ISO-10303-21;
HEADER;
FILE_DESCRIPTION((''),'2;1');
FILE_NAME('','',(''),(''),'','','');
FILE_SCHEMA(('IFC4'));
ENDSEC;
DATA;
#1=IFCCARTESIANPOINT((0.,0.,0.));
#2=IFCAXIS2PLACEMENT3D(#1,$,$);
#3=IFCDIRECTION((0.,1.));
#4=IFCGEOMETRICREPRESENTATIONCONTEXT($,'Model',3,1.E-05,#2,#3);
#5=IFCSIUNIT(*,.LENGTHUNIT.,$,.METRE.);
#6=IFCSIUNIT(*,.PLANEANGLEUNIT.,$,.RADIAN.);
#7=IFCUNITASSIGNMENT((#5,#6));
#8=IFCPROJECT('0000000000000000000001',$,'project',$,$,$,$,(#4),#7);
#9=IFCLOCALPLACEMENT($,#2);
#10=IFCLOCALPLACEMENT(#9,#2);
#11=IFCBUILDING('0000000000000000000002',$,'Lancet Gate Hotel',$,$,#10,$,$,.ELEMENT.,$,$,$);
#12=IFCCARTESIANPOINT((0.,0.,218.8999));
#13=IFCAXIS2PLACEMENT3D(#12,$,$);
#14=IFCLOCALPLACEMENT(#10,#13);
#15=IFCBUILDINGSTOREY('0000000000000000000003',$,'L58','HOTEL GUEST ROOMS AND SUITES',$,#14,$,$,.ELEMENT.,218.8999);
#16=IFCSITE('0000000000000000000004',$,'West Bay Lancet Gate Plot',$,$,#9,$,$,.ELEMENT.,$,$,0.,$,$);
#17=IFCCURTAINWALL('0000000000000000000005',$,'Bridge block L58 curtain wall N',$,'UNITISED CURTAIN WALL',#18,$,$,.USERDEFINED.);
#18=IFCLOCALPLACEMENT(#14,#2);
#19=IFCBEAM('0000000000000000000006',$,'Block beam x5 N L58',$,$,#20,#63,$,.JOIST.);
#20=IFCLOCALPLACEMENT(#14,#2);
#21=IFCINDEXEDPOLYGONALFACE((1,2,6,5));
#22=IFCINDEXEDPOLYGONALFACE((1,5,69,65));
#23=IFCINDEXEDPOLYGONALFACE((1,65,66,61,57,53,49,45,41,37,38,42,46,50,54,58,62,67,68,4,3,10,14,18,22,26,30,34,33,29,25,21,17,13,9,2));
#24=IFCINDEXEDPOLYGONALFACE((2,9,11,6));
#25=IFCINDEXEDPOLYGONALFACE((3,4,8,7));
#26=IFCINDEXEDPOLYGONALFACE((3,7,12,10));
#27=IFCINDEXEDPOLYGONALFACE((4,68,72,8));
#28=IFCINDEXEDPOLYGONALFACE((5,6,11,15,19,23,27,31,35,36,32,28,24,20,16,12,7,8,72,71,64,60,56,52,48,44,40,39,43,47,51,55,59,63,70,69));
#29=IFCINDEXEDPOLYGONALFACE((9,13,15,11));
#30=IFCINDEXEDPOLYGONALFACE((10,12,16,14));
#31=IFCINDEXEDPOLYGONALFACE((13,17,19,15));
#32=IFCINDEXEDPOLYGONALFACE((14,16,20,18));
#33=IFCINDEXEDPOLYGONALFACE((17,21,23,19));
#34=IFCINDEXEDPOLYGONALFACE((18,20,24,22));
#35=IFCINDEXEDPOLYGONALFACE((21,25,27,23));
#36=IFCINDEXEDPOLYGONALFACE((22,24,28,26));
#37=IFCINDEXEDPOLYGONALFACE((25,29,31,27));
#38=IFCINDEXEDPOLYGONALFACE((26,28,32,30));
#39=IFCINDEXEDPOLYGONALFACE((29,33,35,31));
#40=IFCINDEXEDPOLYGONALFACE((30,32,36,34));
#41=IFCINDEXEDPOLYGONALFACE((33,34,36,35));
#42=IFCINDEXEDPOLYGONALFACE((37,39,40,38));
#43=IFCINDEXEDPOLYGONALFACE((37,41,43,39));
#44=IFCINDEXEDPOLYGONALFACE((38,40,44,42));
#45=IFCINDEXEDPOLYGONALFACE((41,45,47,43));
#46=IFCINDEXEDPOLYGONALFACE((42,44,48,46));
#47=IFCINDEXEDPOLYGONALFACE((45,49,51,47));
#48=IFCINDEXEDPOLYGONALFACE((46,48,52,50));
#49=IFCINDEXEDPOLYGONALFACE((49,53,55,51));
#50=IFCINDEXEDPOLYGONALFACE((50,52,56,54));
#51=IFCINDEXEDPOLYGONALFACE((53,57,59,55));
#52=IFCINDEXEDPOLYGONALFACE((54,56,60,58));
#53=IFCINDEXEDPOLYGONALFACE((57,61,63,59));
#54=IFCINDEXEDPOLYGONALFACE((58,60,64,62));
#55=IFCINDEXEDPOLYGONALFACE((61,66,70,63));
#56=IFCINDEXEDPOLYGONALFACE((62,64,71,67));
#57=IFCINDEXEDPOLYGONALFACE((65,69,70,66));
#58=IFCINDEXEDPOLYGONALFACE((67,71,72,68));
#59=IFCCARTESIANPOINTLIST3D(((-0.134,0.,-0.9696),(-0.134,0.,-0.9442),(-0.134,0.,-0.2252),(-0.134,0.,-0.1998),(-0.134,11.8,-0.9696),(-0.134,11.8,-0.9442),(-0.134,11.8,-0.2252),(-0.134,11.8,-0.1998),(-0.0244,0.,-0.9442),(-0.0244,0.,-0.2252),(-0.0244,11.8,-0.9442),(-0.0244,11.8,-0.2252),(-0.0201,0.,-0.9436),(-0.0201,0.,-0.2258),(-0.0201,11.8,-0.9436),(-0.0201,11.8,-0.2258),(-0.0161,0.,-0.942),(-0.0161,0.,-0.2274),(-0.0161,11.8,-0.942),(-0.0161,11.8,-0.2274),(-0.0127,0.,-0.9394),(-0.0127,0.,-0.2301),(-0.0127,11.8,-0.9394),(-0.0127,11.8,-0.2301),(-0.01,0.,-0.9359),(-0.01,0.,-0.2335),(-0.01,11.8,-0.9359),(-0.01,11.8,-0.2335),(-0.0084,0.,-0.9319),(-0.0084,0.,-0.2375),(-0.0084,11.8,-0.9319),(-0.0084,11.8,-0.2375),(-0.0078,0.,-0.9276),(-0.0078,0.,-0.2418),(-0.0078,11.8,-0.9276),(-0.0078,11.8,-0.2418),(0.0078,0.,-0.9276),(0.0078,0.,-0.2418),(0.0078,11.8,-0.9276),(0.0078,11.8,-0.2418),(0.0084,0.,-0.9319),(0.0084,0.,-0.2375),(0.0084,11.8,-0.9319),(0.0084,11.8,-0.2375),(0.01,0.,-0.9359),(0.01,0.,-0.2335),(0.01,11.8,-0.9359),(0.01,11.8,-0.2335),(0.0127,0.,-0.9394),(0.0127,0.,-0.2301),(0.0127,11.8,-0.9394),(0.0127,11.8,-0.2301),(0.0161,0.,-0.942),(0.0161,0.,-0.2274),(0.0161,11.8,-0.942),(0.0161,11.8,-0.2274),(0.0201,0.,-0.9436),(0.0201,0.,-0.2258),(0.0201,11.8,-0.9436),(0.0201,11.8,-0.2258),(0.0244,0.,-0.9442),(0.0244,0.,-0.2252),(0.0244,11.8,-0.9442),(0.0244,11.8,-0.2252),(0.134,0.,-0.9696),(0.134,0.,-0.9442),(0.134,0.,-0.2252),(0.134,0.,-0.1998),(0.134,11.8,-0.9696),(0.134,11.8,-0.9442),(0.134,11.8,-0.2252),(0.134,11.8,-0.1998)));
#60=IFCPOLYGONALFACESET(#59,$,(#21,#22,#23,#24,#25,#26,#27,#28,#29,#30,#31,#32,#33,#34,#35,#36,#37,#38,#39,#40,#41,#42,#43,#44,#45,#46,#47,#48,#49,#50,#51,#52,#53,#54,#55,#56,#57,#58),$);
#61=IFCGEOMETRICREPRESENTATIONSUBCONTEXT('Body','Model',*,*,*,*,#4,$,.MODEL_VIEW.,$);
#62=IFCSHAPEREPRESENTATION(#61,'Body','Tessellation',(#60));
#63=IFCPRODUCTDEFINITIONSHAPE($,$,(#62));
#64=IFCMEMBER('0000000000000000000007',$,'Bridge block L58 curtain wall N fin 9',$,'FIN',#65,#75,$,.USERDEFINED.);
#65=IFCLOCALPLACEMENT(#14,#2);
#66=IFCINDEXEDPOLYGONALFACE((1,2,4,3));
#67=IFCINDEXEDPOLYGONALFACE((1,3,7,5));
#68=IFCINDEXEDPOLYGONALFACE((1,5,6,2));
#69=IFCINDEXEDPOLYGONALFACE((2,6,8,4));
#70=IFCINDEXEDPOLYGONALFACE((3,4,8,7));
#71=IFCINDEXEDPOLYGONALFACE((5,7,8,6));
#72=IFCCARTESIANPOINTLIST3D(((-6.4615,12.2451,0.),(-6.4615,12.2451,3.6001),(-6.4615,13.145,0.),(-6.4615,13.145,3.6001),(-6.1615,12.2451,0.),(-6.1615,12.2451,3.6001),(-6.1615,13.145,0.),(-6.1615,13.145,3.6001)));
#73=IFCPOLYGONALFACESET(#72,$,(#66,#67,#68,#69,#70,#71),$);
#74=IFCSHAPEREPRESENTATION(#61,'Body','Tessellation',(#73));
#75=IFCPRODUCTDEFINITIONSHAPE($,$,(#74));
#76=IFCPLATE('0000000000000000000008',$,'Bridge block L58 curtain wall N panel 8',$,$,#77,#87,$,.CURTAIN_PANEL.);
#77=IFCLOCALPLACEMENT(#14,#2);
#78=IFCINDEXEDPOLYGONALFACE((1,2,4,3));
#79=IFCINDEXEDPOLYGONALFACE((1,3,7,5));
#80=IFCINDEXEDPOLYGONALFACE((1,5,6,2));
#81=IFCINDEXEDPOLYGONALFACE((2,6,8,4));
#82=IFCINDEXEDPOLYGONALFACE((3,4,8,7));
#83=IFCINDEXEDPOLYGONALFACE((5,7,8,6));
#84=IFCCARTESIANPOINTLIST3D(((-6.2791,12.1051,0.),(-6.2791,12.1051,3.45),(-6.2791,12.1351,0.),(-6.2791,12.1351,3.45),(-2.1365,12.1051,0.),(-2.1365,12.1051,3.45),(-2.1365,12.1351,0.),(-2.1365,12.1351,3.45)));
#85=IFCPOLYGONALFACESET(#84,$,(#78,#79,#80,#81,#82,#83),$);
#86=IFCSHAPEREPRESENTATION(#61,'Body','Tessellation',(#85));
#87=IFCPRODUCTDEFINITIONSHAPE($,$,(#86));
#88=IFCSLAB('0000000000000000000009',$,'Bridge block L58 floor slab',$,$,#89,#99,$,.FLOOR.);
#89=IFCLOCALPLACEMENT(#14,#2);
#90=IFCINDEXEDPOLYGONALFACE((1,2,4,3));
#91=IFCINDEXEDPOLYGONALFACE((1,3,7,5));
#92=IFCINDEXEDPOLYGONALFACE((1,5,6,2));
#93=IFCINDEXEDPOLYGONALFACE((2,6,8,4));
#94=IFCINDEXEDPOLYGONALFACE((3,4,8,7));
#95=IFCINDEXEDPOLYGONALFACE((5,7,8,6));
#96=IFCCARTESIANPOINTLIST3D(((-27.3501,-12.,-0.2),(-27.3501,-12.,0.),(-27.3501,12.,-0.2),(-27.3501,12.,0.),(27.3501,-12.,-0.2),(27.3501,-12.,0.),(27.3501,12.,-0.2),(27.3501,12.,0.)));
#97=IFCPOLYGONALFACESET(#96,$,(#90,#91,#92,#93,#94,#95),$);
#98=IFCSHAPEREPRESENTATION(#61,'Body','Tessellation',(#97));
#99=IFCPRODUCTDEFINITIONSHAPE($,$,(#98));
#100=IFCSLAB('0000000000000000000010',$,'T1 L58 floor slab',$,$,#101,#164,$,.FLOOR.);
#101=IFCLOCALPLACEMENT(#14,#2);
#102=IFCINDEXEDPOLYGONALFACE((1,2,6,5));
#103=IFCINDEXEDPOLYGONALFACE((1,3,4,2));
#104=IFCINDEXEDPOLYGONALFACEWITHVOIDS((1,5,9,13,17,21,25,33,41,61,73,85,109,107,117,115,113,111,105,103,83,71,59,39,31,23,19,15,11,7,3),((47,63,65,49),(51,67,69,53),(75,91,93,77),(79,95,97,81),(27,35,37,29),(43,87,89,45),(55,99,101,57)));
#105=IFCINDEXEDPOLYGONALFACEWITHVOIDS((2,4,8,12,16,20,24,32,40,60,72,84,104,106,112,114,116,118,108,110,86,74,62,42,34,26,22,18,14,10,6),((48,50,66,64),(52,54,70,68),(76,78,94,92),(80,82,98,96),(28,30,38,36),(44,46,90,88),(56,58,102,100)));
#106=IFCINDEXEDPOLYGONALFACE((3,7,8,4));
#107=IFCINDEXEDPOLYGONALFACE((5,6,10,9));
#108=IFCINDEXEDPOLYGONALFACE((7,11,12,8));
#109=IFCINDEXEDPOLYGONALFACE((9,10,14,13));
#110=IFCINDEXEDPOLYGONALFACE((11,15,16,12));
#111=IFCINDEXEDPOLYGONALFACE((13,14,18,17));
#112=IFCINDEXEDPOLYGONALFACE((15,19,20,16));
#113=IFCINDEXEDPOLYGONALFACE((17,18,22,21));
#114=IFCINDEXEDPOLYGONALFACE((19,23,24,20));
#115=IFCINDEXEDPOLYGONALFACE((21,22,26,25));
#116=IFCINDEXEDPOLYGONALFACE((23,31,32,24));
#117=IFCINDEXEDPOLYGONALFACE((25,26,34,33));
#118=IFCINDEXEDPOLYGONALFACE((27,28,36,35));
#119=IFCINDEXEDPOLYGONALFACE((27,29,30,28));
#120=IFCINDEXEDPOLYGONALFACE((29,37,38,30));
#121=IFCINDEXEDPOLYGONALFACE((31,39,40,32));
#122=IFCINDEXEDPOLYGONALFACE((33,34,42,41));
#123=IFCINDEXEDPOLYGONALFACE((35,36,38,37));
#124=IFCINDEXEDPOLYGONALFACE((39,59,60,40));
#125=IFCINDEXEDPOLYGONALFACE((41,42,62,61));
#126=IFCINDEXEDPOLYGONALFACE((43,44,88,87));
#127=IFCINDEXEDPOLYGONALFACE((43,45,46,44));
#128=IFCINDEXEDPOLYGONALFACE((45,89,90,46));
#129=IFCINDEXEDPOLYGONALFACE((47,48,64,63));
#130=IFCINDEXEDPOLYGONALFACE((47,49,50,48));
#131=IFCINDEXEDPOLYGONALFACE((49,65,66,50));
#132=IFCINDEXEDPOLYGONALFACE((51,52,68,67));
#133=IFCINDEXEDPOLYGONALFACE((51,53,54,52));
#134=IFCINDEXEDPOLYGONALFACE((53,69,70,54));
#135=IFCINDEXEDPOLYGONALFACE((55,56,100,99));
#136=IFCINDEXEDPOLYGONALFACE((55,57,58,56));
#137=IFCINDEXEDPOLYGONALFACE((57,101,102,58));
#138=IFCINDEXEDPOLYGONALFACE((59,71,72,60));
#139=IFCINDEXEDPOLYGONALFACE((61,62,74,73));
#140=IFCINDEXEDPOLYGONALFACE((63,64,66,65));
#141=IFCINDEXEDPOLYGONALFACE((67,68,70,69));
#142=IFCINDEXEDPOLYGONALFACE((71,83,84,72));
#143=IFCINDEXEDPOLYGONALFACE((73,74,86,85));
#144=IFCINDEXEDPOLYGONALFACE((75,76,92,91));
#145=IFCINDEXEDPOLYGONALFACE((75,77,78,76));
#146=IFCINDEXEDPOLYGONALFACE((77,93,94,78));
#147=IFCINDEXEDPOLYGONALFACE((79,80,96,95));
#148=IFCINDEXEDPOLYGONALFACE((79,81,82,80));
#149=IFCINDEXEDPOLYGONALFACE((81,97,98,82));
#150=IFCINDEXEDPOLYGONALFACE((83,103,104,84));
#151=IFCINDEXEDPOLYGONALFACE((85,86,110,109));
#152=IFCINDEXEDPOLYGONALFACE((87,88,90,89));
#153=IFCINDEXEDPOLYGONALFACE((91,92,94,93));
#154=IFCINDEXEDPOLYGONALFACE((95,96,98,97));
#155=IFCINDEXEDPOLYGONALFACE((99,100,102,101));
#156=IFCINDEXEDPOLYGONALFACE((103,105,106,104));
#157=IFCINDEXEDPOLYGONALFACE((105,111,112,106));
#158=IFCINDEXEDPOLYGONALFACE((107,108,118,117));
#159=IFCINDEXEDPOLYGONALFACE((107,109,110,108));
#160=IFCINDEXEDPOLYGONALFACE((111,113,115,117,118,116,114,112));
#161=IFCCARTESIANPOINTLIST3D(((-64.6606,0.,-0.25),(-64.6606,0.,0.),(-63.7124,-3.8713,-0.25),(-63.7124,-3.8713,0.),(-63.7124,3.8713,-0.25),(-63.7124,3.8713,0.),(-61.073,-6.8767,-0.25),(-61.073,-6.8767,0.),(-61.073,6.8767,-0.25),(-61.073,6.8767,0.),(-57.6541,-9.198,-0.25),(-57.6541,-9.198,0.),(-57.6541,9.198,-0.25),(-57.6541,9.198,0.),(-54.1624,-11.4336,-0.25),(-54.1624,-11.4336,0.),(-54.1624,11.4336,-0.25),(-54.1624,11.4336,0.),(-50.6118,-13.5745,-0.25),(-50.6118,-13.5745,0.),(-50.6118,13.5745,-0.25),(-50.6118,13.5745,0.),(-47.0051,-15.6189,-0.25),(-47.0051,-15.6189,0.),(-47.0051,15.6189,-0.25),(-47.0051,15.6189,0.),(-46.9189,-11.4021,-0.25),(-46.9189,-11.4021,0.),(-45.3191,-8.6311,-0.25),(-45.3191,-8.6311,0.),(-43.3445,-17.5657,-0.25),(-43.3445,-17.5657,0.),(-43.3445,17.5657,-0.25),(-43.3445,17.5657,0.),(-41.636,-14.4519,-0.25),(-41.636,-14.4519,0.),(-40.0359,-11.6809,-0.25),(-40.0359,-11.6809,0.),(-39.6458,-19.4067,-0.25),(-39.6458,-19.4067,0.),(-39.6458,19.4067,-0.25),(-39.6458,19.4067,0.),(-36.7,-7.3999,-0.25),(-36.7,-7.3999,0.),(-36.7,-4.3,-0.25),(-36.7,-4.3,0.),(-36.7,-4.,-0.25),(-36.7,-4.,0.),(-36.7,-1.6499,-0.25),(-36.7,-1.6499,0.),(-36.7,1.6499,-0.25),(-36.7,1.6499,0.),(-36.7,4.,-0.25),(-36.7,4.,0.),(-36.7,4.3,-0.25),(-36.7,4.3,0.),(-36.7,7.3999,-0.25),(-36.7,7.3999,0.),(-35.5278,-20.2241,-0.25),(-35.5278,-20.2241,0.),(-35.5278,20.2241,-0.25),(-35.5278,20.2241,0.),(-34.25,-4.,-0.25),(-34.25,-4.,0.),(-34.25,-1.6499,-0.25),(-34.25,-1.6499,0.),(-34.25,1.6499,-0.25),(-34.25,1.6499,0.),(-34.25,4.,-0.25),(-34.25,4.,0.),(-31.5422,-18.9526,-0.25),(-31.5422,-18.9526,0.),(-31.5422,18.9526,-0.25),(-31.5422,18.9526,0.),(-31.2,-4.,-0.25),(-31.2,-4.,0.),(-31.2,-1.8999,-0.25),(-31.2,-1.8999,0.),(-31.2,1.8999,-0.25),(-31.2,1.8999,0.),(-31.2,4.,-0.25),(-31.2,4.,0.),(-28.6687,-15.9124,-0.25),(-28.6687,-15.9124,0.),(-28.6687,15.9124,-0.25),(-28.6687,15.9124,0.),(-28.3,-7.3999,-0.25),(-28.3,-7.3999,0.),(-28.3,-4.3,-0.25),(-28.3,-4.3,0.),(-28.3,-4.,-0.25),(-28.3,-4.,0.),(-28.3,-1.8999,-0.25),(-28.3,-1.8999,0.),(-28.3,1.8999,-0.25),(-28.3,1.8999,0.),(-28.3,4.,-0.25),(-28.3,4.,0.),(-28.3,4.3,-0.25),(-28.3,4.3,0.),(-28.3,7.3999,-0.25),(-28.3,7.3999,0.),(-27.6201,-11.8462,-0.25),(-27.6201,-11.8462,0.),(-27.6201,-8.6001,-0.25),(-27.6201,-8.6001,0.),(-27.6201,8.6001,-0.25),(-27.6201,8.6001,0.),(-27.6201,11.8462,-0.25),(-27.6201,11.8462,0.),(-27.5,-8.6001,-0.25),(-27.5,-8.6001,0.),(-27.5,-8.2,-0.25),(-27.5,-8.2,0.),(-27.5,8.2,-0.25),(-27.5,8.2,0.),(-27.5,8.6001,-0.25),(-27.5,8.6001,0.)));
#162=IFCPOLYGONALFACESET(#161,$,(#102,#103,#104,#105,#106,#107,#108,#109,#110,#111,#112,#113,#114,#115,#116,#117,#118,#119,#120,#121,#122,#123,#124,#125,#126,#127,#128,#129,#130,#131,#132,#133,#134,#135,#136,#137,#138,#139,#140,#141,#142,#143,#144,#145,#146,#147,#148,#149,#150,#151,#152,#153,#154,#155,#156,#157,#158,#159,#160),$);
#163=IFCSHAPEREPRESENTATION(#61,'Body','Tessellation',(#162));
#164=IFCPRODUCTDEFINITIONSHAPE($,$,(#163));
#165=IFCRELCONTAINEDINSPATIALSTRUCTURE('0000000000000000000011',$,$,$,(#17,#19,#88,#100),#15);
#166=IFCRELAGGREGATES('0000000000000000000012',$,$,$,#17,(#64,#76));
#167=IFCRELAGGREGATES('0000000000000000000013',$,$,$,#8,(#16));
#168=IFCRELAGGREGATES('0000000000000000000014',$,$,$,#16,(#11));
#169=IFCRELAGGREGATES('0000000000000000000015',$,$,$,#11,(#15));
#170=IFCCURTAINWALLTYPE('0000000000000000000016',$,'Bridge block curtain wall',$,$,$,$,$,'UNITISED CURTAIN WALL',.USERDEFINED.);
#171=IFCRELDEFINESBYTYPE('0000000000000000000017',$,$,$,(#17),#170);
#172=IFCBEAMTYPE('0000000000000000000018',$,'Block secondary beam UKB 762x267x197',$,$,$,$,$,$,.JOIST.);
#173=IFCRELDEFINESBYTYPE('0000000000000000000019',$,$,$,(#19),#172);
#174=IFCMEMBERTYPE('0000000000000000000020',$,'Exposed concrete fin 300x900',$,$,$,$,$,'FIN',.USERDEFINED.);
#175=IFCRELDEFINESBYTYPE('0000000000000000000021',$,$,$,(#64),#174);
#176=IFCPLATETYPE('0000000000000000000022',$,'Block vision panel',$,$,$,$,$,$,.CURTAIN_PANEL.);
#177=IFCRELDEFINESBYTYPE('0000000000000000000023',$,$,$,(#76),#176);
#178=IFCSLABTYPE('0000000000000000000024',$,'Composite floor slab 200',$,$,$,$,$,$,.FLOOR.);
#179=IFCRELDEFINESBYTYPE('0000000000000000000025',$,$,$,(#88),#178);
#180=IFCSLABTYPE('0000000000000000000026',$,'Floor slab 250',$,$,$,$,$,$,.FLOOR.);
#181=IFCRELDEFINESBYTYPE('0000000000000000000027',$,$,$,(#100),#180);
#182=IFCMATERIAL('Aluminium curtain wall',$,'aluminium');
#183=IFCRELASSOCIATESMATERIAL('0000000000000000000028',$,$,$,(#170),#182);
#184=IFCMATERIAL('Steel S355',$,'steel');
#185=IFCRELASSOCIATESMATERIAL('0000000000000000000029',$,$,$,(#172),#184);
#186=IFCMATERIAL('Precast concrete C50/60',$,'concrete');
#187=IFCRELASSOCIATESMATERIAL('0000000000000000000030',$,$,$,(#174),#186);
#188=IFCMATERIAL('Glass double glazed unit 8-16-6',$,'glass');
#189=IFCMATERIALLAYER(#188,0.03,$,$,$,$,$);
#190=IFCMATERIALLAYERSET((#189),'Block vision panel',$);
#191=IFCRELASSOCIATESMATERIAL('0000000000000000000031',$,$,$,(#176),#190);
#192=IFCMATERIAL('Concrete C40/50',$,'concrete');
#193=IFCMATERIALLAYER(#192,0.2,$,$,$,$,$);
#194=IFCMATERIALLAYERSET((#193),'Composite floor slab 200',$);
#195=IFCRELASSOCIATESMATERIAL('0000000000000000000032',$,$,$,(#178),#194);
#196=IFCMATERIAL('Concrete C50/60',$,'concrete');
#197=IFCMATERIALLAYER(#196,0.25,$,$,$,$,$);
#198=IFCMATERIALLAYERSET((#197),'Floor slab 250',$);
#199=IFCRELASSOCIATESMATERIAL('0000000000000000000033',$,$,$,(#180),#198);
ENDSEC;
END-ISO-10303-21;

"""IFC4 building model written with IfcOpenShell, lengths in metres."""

from ifc_helpers import new_model, si_unit, direction, frame, origin, origin_2d, place, context, subcontext, project, spatial, polyline, rectangle, i_section, outline, extrude, material, layer, layer_set, material_profile, profile_set, type_object, element, aggregate, save


model = new_model("IFC4")

# Units and contexts
model_context = context("Model", 3, precision=1e-05, world=origin(), true_north=direction((0.0, 1.0)))
body_context = subcontext(model_context, "Body", "Model", "MODEL_VIEW")
ifc_project = project(units=[si_unit("LENGTHUNIT", "METRE"), si_unit("PLANEANGLEUNIT", "RADIAN")], contexts=[model_context])

# Site, building, storey
site_placement = place(None, origin())
site = spatial("IfcSite", under=ifc_project, at=site_placement, Name="West Bay Lancet Gate Plot", CompositionType="ELEMENT", RefElevation=0.0)
building_placement = place(site_placement, origin())
building = spatial("IfcBuilding", under=site, at=building_placement, Name="Lancet Gate Hotel", CompositionType="ELEMENT")
storey_placement = place(building_placement, frame((0.0, 0.0, 218.8999)))
storey = spatial("IfcBuildingStorey", under=building, at=storey_placement, Name="L58", Description="HOTEL GUEST ROOMS AND SUITES", CompositionType="ELEMENT", Elevation=218.8999)

# Curtain wall
ifc_material_1 = material(Name="Aluminium curtain wall", Category="aluminium")
curtain_wall_type = type_object("IfcCurtainWallType", Name="Bridge block curtain wall", ElementType="UNITISED CURTAIN WALL", PredefinedType="USERDEFINED", material=ifc_material_1)
curtain_wall_placement = place(storey_placement, origin())
curtain_wall = element("IfcCurtainWall", 1, at=curtain_wall_placement, inside=storey, type_object=curtain_wall_type, Name="Bridge block L58 curtain wall N", ObjectType="UNITISED CURTAIN WALL", PredefinedType="USERDEFINED")

# Beam
ifc_material_2 = material(Name="Steel S355", Category="steel")
ifc_material_profile_1 = material_profile(ifc_material_2, i_section(OverallWidth=0.2681, OverallDepth=0.7698, WebThickness=0.0156, FlangeThickness=0.0254, FilletRadius=0.0166, at=origin_2d()), Name="UKB 762x267x197")
ifc_profile_set_1 = profile_set([ifc_material_profile_1], Name="Steel S355")
beam_type_1 = type_object("IfcBeamType", Name="Block secondary beam UKB 762x267x197", PredefinedType="JOIST", material=ifc_profile_set_1)
for number, where, z_axis, x_axis, name in (
    (2, (0.0, 0.0, -0.5847), (0.0, 1.0, 0.0), (-1.0, 0.0, 0.0), "Block beam x5 N L58"),
):
    element("IfcBeam", number, at=place(storey_placement, frame(where, z_axis=z_axis, x_axis=x_axis)), inside=storey, type_object=beam_type_1, Name=name, PredefinedType="JOIST", context=body_context, shape_type="SweptSolid", body=[
        extrude(i_section(OverallWidth=0.2681, OverallDepth=0.7698, WebThickness=0.0156, FlangeThickness=0.0254, FilletRadius=0.0166, at=origin_2d()), origin(), (0.0, 0.0, 1.0), 11.8),
    ])

# Member
ifc_material_3 = material(Name="Precast concrete C50/60", Category="concrete")
ifc_material_profile_2 = material_profile(ifc_material_3, rectangle(XDim=0.3, YDim=0.8999, at=origin_2d()), Name="FIN 300x900")
ifc_profile_set_2 = profile_set([ifc_material_profile_2], Name="Precast concrete C50/60")
member_type_1 = type_object("IfcMemberType", Name="Exposed concrete fin 300x900", ElementType="FIN", PredefinedType="USERDEFINED", material=ifc_profile_set_2)
member_1_placement = place(storey_placement, frame((-6.3115, 12.6951, 0.0), z_axis=(0.0, 0.0, 1.0), x_axis=(-1.0, 0.0, 0.0)))
member_1 = element("IfcMember", 3, at=member_1_placement, type_object=member_type_1, Name="Bridge block L58 curtain wall N fin 9", ObjectType="FIN", PredefinedType="USERDEFINED", context=body_context, shape_type="SweptSolid", body=[
    extrude(rectangle(XDim=0.3, YDim=0.8999, at=origin_2d()), origin(), (0.0, 0.0, 1.0), 3.6001),
])

# Plate
ifc_material_4 = material(Name="Glass double glazed unit 8-16-6", Category="glass")
ifc_layer_1 = layer(ifc_material_4, 0.03)
ifc_layer_set_1 = layer_set([ifc_layer_1], Name="Block vision panel")
plate_type = type_object("IfcPlateType", Name="Block vision panel", PredefinedType="CURTAIN_PANEL", material=ifc_layer_set_1)
plate_placement = place(storey_placement, frame((-4.2078, 12.1201, 0.0), z_axis=(0.0, 0.0, 1.0), x_axis=(-1.0, 0.0, 0.0)))
plate = element("IfcPlate", 4, at=plate_placement, type_object=plate_type, Name="Bridge block L58 curtain wall N panel 8", PredefinedType="CURTAIN_PANEL", context=body_context, shape_type="SweptSolid", body=[
    extrude(rectangle(XDim=4.1426, YDim=0.03, at=origin_2d()), origin(), (0.0, 0.0, 1.0), 3.45),
])
aggregate(curtain_wall, [member_1, plate])

# Slabs
ifc_material_5 = material(Name="Concrete C40/50", Category="concrete")
ifc_layer_2 = layer(ifc_material_5, 0.2)
ifc_layer_set_2 = layer_set([ifc_layer_2], Name="Composite floor slab 200")
slab_type_1 = type_object("IfcSlabType", Name="Composite floor slab 200", PredefinedType="FLOOR", material=ifc_layer_set_2)
slab_1_placement = place(storey_placement, frame((0.0, 0.0, -0.2)))
element("IfcSlab", 5, at=slab_1_placement, inside=storey, type_object=slab_type_1, Name="Bridge block L58 floor slab", PredefinedType="FLOOR", context=body_context, shape_type="SweptSolid", body=[
    extrude(outline(polyline([(27.3501, -12.0), (27.3501, 12.0), (-27.3501, 12.0), (-27.3501, -12.0), (27.3501, -12.0)])), origin(), (0.0, 0.0, 1.0), 0.2),
])
ifc_material_6 = material(Name="Concrete C50/60", Category="concrete")
ifc_layer_3 = layer(ifc_material_6, 0.25)
ifc_layer_set_3 = layer_set([ifc_layer_3], Name="Floor slab 250")
slab_type_2 = type_object("IfcSlabType", Name="Floor slab 250", PredefinedType="FLOOR", material=ifc_layer_set_3)
slab_2_placement = place(storey_placement, frame((0.0, 0.0, -0.25)))
element("IfcSlab", 6, at=slab_2_placement, inside=storey, type_object=slab_type_2, Name="T1 L58 floor slab", PredefinedType="FLOOR", context=body_context, shape_type="SweptSolid", body=[
    extrude(outline(polyline([(-27.5, 8.6001), (-27.6201, 8.6001), (-27.6201, 11.8462), (-28.6687, 15.9124), (-31.5422, 18.9526), (-35.5278, 20.2241), (-39.6458, 19.4067), (-43.3445, 17.5657), (-47.0051, 15.6189), (-50.6118, 13.5745), (-54.1624, 11.4336), (-57.6541, 9.198), (-61.073, 6.8767), (-63.7124, 3.8713), (-64.6606, 0.0), (-63.7124, -3.8713), (-61.073, -6.8767), (-57.6541, -9.198), (-54.1624, -11.4336), (-50.6118, -13.5745), (-47.0051, -15.6189), (-43.3445, -17.5657), (-39.6458, -19.4067), (-35.5278, -20.2241), (-31.5422, -18.9526), (-28.6687, -15.9124), (-27.6201, -11.8462), (-27.6201, -8.6001), (-27.5, -8.6001), (-27.5, -8.2), (-27.5, 8.2), (-27.5, 8.6001)]), holes=[polyline([(-36.7, 7.3999), (-36.7, 4.3), (-28.3, 4.3), (-28.3, 7.3999), (-36.7, 7.3999)]), polyline([(-28.3, 4.0), (-31.2, 4.0), (-31.2, 1.8999), (-28.3, 1.8999), (-28.3, 4.0)]), polyline([(-34.25, 4.0), (-36.7, 4.0), (-36.7, 1.6499), (-34.25, 1.6499), (-34.25, 4.0)]), polyline([(-36.7, -1.6499), (-36.7, -4.0), (-34.25, -4.0), (-34.25, -1.6499), (-36.7, -1.6499)]), polyline([(-28.3, -1.8999), (-31.2, -1.8999), (-31.2, -4.0), (-28.3, -4.0), (-28.3, -1.8999)]), polyline([(-28.3, -4.3), (-36.7, -4.3), (-36.7, -7.3999), (-28.3, -7.3999), (-28.3, -4.3)]), polyline([(-45.3191, -8.6311), (-46.9189, -11.4021), (-41.636, -14.4519), (-40.0359, -11.6809), (-45.3191, -8.6311)])]), origin(), (0.0, 0.0, 1.0), 0.25),
])

save(model, "model.ifc")
